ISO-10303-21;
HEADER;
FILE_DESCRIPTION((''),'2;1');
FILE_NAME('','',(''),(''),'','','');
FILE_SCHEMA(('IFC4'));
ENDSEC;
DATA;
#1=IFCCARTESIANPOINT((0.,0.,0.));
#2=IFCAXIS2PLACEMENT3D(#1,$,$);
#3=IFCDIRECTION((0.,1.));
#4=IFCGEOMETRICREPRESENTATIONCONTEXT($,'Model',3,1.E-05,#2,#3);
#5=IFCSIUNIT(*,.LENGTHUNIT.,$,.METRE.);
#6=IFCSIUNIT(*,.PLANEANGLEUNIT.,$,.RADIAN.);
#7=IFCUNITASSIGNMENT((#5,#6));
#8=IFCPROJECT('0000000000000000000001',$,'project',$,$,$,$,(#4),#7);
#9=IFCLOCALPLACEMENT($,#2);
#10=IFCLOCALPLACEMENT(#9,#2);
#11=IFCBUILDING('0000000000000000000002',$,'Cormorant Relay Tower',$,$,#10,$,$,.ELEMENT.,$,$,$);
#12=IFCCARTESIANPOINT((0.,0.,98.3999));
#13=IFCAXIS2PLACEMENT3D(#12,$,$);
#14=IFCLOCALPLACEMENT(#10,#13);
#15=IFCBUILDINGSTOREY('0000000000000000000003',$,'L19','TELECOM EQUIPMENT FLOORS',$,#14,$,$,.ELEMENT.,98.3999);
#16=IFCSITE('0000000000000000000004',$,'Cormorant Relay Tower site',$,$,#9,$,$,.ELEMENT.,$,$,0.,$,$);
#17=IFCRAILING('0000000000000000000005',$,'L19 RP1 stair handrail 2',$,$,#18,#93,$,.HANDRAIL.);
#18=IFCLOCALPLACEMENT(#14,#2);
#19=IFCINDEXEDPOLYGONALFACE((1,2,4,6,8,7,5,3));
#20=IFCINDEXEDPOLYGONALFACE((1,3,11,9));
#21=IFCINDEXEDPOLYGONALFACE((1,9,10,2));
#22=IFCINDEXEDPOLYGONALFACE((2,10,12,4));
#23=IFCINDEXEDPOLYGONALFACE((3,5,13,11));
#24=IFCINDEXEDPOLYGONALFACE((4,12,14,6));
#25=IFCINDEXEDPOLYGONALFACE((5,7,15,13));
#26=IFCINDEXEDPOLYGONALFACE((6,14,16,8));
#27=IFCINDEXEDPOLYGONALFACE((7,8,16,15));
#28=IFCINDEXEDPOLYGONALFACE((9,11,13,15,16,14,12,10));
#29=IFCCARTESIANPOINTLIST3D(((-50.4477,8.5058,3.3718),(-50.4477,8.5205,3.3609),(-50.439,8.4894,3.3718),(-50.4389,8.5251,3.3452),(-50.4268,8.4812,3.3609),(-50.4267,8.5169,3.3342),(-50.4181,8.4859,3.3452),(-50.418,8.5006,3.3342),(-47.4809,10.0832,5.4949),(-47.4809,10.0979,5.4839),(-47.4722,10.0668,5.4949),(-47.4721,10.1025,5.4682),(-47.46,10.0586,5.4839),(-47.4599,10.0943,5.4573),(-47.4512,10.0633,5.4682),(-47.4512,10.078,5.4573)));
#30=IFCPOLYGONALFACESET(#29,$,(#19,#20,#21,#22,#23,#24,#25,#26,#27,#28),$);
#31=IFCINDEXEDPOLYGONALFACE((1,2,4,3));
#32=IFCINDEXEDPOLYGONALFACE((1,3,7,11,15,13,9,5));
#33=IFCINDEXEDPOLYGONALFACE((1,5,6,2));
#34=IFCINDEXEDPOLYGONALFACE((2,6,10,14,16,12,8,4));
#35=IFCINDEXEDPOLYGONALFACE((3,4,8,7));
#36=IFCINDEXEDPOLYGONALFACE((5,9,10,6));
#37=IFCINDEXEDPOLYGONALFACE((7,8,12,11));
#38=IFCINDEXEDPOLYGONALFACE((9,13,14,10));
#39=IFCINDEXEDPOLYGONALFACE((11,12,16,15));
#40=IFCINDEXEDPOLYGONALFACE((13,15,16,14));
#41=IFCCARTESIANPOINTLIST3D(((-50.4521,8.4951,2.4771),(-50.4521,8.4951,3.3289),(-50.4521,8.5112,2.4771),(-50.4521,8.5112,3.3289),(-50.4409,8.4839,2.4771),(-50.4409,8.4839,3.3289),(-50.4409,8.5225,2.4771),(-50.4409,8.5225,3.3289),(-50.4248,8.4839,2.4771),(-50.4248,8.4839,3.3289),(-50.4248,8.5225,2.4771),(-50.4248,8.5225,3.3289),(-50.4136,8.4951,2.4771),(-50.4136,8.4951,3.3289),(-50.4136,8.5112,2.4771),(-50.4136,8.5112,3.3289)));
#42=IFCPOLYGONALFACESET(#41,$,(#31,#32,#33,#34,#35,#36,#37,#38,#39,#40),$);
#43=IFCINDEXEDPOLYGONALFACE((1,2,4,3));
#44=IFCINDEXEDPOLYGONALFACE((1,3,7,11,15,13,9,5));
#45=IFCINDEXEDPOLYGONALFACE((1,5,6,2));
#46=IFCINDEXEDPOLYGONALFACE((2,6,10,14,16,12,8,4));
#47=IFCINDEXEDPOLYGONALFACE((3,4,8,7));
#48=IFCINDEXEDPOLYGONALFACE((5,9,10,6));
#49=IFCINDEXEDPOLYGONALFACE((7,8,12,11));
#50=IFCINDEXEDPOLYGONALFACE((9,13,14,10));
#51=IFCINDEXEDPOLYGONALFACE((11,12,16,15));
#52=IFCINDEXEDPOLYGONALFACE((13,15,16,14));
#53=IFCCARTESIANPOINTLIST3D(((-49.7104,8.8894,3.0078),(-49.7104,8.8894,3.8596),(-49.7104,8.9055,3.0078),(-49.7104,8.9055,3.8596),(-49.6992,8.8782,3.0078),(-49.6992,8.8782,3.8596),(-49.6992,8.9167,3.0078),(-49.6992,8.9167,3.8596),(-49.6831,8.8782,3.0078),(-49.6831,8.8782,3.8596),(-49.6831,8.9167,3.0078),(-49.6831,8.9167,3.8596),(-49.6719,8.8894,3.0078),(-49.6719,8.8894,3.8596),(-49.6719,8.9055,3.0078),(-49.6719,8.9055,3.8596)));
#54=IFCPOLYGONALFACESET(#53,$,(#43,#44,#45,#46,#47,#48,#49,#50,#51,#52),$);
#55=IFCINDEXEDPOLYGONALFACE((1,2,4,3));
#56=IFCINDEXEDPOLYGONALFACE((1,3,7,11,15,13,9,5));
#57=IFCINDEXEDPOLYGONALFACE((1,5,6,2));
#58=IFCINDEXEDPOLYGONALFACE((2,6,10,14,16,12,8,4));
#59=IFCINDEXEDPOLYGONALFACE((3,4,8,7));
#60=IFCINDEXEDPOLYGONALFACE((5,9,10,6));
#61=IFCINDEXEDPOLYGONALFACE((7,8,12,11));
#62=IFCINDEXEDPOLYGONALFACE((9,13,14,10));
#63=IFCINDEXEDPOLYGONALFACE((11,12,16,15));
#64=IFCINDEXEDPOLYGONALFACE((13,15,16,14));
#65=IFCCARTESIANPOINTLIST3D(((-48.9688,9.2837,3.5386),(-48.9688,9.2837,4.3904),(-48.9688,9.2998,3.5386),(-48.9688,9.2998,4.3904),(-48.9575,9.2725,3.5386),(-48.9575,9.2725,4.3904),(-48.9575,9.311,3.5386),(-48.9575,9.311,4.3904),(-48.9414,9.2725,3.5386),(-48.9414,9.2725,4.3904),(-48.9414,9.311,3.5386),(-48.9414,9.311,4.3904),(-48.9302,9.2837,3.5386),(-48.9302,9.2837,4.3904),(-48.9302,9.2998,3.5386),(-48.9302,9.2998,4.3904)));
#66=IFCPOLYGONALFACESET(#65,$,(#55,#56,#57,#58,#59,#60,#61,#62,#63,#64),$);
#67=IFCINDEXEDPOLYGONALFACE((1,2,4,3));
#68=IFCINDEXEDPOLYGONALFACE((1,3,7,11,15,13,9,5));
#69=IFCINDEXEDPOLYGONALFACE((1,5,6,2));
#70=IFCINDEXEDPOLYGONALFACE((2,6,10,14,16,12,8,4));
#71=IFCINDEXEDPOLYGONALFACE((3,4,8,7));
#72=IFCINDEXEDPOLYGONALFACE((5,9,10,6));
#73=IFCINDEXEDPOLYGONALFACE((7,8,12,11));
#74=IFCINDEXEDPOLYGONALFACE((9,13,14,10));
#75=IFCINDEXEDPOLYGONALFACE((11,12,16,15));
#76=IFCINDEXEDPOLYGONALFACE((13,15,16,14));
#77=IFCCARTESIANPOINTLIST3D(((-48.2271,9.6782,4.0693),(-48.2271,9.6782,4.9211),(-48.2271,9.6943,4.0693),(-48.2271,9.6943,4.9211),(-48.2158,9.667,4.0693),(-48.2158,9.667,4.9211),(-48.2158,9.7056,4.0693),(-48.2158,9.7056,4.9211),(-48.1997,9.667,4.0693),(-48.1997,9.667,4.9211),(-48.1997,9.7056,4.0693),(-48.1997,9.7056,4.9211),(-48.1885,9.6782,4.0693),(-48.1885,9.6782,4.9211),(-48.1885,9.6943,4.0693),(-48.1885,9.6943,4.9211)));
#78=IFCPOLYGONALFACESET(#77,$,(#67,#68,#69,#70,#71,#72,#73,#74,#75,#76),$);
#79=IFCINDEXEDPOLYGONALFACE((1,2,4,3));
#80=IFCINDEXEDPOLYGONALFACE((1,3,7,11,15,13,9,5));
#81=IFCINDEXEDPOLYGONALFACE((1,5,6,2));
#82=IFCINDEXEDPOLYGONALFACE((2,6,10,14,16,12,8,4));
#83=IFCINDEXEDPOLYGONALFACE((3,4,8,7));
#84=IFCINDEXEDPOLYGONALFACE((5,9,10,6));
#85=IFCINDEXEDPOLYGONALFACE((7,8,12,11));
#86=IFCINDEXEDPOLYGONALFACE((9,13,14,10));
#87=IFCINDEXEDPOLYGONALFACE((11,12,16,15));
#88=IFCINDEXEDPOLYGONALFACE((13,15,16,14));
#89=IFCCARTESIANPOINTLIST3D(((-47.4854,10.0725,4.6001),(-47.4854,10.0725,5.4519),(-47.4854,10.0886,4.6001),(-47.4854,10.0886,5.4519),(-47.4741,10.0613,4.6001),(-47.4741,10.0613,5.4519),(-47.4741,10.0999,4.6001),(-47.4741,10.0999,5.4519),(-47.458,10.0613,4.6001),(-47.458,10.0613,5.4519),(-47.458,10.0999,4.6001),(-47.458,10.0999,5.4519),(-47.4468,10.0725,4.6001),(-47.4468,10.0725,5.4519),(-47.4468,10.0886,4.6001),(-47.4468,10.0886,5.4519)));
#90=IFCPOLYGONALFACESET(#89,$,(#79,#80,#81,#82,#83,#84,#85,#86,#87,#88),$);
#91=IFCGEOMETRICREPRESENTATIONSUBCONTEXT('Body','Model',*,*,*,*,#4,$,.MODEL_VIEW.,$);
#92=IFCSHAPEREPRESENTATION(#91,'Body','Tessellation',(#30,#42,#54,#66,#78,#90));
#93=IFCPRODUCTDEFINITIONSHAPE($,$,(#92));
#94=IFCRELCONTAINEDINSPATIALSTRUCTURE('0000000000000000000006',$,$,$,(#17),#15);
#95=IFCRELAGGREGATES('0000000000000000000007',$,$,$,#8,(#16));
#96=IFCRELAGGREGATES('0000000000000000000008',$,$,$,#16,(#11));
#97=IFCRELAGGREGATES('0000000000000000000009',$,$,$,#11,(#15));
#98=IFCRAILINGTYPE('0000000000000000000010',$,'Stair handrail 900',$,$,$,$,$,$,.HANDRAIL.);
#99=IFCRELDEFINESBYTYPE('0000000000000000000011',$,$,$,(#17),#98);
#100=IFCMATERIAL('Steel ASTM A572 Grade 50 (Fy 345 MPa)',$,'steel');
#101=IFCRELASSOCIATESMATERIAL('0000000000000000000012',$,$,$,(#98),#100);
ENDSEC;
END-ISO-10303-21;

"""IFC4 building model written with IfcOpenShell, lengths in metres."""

from ifc_helpers import new_model, si_unit, direction, frame, origin, place, context, subcontext, project, spatial, polyline, outline, extrude, material, type_object, element, save


model = new_model("IFC4")

# Units and contexts
model_context = context("Model", 3, precision=1e-05, world=origin(), true_north=direction((0.0, 1.0)))
body_context = subcontext(model_context, "Body", "Model", "MODEL_VIEW")
ifc_project = project(units=[si_unit("LENGTHUNIT", "METRE"), si_unit("PLANEANGLEUNIT", "RADIAN")], contexts=[model_context])

# Site, building, storey
site_placement = place(None, origin())
site = spatial("IfcSite", under=ifc_project, at=site_placement, Name="Cormorant Relay Tower site", CompositionType="ELEMENT", RefElevation=0.0)
building_placement = place(site_placement, origin())
building = spatial("IfcBuilding", under=site, at=building_placement, Name="Cormorant Relay Tower", CompositionType="ELEMENT")
storey_placement = place(building_placement, frame((0.0, 0.0, 98.3999)))
storey = spatial("IfcBuildingStorey", under=building, at=storey_placement, Name="L19", Description="TELECOM EQUIPMENT FLOORS", CompositionType="ELEMENT", Elevation=98.3999)

# Railing
ifc_material_1 = material(Name="Steel ASTM A572 Grade 50 (Fy 345 MPa)", Category="steel")
railing_type_1 = type_object("IfcRailingType", Name="Stair handrail 900", PredefinedType="HANDRAIL", material=ifc_material_1)
railing_1_placement = place(storey_placement, frame((-50.4329, 8.5032, 2.4771)))
element("IfcRailing", 1, at=railing_1_placement, inside=storey, type_object=railing_type_1, Name="L19 RP1 stair handrail 2", PredefinedType="HANDRAIL", context=body_context, shape_type="SweptSolid", body=[
    extrude(outline(polyline([(0.0222, 0.0093), (0.0093, 0.0222), (-0.0093, 0.0222), (-0.0222, 0.0093), (-0.0222, -0.0093), (-0.0093, -0.0222), (0.0093, -0.0222), (0.0222, -0.0093), (0.0222, 0.0093)])), frame((0.0, 0.0, 0.876), z_axis=(0.746441, 0.396869, 0.534155), x_axis=(-0.469453, 0.882958, 0.0)), (0.0, 0.0, 1.0), 3.9746),
    extrude(outline(polyline([(0.0193, 0.0081), (0.0081, 0.0193), (-0.0081, 0.0193), (-0.0193, 0.0081), (-0.0193, -0.0081), (-0.0081, -0.0193), (0.0081, -0.0193), (0.0193, -0.0081), (0.0193, 0.0081)])), origin(), (0.0, 0.0, 1.0), 0.8518),
    extrude(outline(polyline([(0.0193, 0.0081), (0.0081, 0.0193), (-0.0081, 0.0193), (-0.0193, 0.0081), (-0.0193, -0.0081), (-0.0081, -0.0193), (0.0081, -0.0193), (0.0193, -0.0081), (0.0193, 0.0081)])), frame((0.7417, 0.3943, 0.5308)), (0.0, 0.0, 1.0), 0.8518),
    extrude(outline(polyline([(0.0193, 0.0081), (0.0081, 0.0193), (-0.0081, 0.0193), (-0.0193, 0.0081), (-0.0193, -0.0081), (-0.0081, -0.0193), (0.0081, -0.0193), (0.0193, -0.0081), (0.0193, 0.0081)])), frame((1.4834, 0.7886, 1.0615)), (0.0, 0.0, 1.0), 0.8518),
    extrude(outline(polyline([(0.0193, 0.0081), (0.0081, 0.0193), (-0.0081, 0.0193), (-0.0193, 0.0081), (-0.0193, -0.0081), (-0.0081, -0.0193), (0.0081, -0.0193), (0.0193, -0.0081), (0.0193, 0.0081)])), frame((2.2251, 1.1831, 1.5923)), (0.0, 0.0, 1.0), 0.8518),
    extrude(outline(polyline([(0.0193, 0.0081), (0.0081, 0.0193), (-0.0081, 0.0193), (-0.0193, 0.0081), (-0.0193, -0.0081), (-0.0081, -0.0193), (0.0081, -0.0193), (0.0193, -0.0081), (0.0193, 0.0081)])), frame((2.9668, 1.5774, 2.123)), (0.0, 0.0, 1.0), 0.8518),
])

save(model, "model.ifc")
